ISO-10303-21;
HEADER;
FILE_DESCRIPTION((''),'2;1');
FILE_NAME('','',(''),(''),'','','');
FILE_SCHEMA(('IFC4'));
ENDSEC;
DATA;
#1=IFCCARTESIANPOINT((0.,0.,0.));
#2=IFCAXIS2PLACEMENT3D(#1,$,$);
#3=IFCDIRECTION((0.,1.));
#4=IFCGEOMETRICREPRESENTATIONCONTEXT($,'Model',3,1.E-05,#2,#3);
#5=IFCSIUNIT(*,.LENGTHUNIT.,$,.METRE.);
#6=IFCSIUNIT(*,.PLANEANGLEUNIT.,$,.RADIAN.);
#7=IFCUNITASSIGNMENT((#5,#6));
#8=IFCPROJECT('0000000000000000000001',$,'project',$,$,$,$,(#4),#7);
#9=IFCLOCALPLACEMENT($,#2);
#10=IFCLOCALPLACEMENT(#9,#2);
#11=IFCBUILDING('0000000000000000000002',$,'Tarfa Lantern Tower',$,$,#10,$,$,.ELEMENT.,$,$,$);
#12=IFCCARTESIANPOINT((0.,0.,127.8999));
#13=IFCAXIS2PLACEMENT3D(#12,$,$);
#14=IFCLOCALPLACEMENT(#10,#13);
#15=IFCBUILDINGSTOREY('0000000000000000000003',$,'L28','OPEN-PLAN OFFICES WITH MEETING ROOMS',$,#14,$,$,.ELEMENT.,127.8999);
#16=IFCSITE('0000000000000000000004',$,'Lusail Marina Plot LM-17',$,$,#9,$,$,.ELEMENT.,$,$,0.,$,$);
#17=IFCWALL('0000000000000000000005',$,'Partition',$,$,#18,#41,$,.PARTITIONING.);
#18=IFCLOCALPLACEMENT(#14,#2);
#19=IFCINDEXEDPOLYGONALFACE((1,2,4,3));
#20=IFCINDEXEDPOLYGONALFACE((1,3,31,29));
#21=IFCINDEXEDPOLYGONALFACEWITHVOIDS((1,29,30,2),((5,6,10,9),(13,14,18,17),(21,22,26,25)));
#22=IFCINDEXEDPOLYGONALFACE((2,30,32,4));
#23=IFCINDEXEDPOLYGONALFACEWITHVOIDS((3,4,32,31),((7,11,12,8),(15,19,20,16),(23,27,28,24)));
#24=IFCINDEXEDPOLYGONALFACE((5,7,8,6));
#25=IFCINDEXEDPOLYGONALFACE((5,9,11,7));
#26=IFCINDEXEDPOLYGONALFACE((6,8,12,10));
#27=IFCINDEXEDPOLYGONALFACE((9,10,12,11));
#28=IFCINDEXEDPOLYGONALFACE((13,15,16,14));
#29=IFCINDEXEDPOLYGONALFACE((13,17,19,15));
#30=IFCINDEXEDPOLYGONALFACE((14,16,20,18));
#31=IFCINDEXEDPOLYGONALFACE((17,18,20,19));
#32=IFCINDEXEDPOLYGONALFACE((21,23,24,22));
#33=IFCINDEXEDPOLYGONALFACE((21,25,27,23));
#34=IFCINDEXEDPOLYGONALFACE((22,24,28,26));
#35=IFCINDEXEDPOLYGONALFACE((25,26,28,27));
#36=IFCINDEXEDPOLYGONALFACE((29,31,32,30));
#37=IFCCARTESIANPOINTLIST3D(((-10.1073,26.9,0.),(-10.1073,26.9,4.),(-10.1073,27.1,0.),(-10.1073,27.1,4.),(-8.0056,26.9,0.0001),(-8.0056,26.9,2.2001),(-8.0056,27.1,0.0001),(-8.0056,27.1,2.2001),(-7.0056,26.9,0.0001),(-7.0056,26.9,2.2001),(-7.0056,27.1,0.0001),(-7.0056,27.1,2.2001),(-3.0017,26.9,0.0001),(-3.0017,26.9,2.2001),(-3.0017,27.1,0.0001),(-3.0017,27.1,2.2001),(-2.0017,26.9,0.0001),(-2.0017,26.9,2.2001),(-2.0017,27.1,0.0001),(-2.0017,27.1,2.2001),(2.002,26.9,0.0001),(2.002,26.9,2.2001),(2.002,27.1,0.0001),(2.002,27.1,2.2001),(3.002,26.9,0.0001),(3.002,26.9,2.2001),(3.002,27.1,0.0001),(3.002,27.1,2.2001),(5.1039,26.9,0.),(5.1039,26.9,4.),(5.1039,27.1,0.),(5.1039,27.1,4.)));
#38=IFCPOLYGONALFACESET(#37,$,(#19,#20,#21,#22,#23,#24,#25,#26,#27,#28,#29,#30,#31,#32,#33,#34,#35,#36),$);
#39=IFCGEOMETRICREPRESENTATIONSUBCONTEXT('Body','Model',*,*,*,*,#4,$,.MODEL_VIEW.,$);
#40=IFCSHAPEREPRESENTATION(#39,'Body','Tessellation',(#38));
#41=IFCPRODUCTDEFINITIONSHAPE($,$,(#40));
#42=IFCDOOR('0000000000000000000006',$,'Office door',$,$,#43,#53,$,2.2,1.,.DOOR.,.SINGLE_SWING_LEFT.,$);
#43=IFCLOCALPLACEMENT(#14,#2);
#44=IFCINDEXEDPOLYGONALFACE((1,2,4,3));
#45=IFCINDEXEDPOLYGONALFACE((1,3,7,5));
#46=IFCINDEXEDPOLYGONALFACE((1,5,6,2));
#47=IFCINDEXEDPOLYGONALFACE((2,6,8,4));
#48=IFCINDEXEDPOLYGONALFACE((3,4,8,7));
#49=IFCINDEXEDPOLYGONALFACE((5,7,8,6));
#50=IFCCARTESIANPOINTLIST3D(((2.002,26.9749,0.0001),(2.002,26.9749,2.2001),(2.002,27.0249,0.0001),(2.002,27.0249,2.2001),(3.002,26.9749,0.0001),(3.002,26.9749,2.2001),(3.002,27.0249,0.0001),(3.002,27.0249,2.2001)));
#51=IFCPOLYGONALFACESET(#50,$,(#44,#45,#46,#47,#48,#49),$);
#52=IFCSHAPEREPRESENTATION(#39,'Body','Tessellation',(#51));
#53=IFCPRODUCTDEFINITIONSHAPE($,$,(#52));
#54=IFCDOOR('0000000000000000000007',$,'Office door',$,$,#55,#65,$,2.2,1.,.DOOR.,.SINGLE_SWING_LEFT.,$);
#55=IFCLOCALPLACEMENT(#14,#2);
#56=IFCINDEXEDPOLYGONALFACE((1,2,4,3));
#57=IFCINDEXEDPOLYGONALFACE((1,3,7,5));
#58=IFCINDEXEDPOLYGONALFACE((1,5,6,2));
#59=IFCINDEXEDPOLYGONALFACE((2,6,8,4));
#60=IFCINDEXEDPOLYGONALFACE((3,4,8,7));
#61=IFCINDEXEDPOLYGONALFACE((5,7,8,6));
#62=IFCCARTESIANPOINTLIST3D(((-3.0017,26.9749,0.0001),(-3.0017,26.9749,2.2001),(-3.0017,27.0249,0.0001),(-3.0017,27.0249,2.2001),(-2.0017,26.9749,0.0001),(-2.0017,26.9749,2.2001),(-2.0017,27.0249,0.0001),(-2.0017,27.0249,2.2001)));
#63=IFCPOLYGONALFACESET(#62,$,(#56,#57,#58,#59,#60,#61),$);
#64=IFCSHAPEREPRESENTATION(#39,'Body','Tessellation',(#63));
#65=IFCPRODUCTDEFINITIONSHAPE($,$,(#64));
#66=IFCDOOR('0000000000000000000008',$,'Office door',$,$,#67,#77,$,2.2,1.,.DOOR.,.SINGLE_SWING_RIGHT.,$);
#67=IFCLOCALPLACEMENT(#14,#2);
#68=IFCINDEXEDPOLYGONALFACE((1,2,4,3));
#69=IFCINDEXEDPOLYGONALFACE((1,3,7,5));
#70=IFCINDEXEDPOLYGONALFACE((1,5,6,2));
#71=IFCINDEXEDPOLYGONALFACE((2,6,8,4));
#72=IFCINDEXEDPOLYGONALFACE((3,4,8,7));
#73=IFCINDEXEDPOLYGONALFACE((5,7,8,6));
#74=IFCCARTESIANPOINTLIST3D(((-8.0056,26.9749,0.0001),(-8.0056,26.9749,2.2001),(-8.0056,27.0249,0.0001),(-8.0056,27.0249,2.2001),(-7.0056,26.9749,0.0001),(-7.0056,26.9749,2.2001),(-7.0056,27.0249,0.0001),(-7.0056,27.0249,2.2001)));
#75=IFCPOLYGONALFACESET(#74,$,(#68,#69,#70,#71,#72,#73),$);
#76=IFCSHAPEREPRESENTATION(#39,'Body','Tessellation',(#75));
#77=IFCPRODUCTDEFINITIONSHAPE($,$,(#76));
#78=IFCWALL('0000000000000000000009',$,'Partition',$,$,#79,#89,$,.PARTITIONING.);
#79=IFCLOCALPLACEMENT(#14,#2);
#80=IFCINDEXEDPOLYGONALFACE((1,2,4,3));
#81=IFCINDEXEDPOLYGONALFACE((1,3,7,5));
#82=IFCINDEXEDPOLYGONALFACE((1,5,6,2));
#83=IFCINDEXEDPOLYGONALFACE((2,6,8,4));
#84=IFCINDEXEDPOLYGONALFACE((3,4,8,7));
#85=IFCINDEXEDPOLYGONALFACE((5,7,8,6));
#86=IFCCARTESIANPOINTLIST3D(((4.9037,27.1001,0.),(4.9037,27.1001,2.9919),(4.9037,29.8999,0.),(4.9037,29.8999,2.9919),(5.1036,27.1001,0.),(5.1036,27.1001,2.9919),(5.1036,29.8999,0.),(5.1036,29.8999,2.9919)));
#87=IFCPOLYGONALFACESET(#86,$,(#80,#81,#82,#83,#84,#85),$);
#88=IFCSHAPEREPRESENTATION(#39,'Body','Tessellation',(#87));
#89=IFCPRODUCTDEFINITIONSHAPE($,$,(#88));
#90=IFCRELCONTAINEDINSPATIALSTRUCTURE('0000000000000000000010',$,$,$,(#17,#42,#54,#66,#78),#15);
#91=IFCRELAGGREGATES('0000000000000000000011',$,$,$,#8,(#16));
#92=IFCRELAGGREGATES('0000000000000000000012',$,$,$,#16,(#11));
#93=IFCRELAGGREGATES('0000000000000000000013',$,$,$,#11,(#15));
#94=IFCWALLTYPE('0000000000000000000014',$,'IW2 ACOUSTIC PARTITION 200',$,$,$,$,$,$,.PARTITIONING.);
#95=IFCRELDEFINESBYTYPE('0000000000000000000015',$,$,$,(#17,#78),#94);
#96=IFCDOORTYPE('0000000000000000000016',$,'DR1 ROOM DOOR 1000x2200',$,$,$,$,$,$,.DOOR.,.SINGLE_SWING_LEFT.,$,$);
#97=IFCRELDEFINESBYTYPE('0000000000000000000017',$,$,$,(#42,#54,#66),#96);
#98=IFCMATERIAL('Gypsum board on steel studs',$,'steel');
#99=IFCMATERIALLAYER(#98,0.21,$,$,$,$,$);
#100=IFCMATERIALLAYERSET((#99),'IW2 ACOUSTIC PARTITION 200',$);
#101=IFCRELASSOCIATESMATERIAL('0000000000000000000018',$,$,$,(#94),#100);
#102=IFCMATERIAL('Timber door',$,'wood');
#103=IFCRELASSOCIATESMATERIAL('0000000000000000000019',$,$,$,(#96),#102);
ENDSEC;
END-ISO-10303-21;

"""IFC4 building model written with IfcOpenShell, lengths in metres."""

from ifc_helpers import new_model, si_unit, direction, frame, frame_2d, origin, place, context, subcontext, project, spatial, rectangle, extrude, material, layer, layer_set, type_object, element, fill, save


model = new_model("IFC4")

# Units and contexts
model_context = context("Model", 3, precision=1e-05, world=origin(), true_north=direction((0.0, 1.0)))
body_context = subcontext(model_context, "Body", "Model", "MODEL_VIEW")
ifc_project = project(units=[si_unit("LENGTHUNIT", "METRE"), si_unit("PLANEANGLEUNIT", "RADIAN")], contexts=[model_context])

# Site, building, storey
site_placement = place(None, origin())
site = spatial("IfcSite", under=ifc_project, at=site_placement, Name="Lusail Marina Plot LM-17", CompositionType="ELEMENT", RefElevation=0.0)
building_placement = place(site_placement, origin())
building = spatial("IfcBuilding", under=site, at=building_placement, Name="Tarfa Lantern Tower", CompositionType="ELEMENT")
storey_placement = place(building_placement, frame((0.0, 0.0, 127.8999)))
storey = spatial("IfcBuildingStorey", under=building, at=storey_placement, Name="L28", Description="OPEN-PLAN OFFICES WITH MEETING ROOMS", CompositionType="ELEMENT", Elevation=127.8999)

# Wall, openings, doors
ifc_material_1 = material(Name="Gypsum board on steel studs", Category="steel")
ifc_layer_1 = layer(ifc_material_1, 0.21)
ifc_layer_set_1 = layer_set([ifc_layer_1], Name="IW2 ACOUSTIC PARTITION 200")
wall_type = type_object("IfcWallType", Name="IW2 ACOUSTIC PARTITION 200", PredefinedType="PARTITIONING", material=ifc_layer_set_1)
wall_1_placement = place(storey_placement, frame((5.1038, 27.0, 0.0), z_axis=(0.0, 0.0, 1.0), x_axis=(-1.0, 0.0, 0.0)))
wall_1 = element("IfcWall", 1, at=wall_1_placement, inside=storey, type_object=wall_type, Name="Partition", PredefinedType="PARTITIONING", context=body_context, shape_type="SweptSolid", body=[
    extrude(rectangle(XDim=15.2112, YDim=0.2, at=frame_2d((7.6055, 0.0))), origin(), (0.0, 0.0, 1.0), 4.0),
])
opening_1_placement = place(wall_1_placement, frame((2.1018, 0.0, 0.0)))
opening_1 = element("IfcOpeningElement", 2, at=opening_1_placement, cuts=wall_1, PredefinedType="OPENING", context=body_context, shape_type="SweptSolid", body=[
    extrude(rectangle(XDim=1.0, YDim=2.2, at=frame_2d((0.5, 1.1001))), frame((0.0, 0.1099, 0.0), z_axis=(0.0, -1.0, 0.0), x_axis=(1.0, 0.0, 0.0)), (0.0, 0.0, 1.0), 0.22),
])
opening_2_placement = place(wall_1_placement, frame((7.1055, 0.0, 0.0)))
opening_2 = element("IfcOpeningElement", 3, at=opening_2_placement, cuts=wall_1, PredefinedType="OPENING", context=body_context, shape_type="SweptSolid", body=[
    extrude(rectangle(XDim=1.0, YDim=2.2, at=frame_2d((0.5, 1.1001))), frame((0.0, 0.1099, 0.0), z_axis=(0.0, -1.0, 0.0), x_axis=(1.0, 0.0, 0.0)), (0.0, 0.0, 1.0), 0.22),
])
opening_3_placement = place(wall_1_placement, frame((12.1094, 0.0, 0.0)))
opening_3 = element("IfcOpeningElement", 4, at=opening_3_placement, cuts=wall_1, PredefinedType="OPENING", context=body_context, shape_type="SweptSolid", body=[
    extrude(rectangle(XDim=1.0, YDim=2.2, at=frame_2d((0.5, 1.1001))), frame((0.0, 0.1099, 0.0), z_axis=(0.0, -1.0, 0.0), x_axis=(1.0, 0.0, 0.0)), (0.0, 0.0, 1.0), 0.22),
])
ifc_material_2 = material(Name="Timber door", Category="wood")
door_type = type_object("IfcDoorType", Name="DR1 ROOM DOOR 1000x2200", OperationType="SINGLE_SWING_LEFT", PredefinedType="DOOR", material=ifc_material_2)
door_1_placement = place(opening_1_placement, frame((1.0, 0.0, 0.0), z_axis=(0.0, 0.0, 1.0), x_axis=(-1.0, 0.0, 0.0)))
door_1 = element("IfcDoor", 5, at=door_1_placement, inside=storey, type_object=door_type, Name="Office door", OperationType="SINGLE_SWING_LEFT", OverallHeight=2.2, OverallWidth=1.0, PredefinedType="DOOR", context=body_context, shape_type="SweptSolid", body=[
    extrude(rectangle(XDim=1.0, YDim=2.2, at=frame_2d((0.5, 1.1001))), frame((0.0, 0.0249, 0.0), z_axis=(0.0, -1.0, 0.0), x_axis=(1.0, 0.0, 0.0)), (0.0, 0.0, 1.0), 0.05),
])
fill(opening_1, door_1)
door_2_placement = place(opening_2_placement, frame((1.0, 0.0, 0.0), z_axis=(0.0, 0.0, 1.0), x_axis=(-1.0, 0.0, 0.0)))
door_2 = element("IfcDoor", 6, at=door_2_placement, inside=storey, type_object=door_type, Name="Office door", OperationType="SINGLE_SWING_LEFT", OverallHeight=2.2, OverallWidth=1.0, PredefinedType="DOOR", context=body_context, shape_type="SweptSolid", body=[
    extrude(rectangle(XDim=1.0, YDim=2.2, at=frame_2d((0.5, 1.1001))), frame((0.0, 0.0249, 0.0), z_axis=(0.0, -1.0, 0.0), x_axis=(1.0, 0.0, 0.0)), (0.0, 0.0, 1.0), 0.05),
])
fill(opening_2, door_2)
door_3_placement = place(opening_3_placement, frame((1.0, 0.0, 0.0), z_axis=(0.0, 0.0, 1.0), x_axis=(-1.0, 0.0, 0.0)))
door_3 = element("IfcDoor", 7, at=door_3_placement, inside=storey, type_object=door_type, Name="Office door", OperationType="SINGLE_SWING_RIGHT", OverallHeight=2.2, OverallWidth=1.0, PredefinedType="DOOR", context=body_context, shape_type="SweptSolid", body=[
    extrude(rectangle(XDim=1.0, YDim=2.2, at=frame_2d((0.5, 1.1001))), frame((0.0, 0.0249, 0.0), z_axis=(0.0, -1.0, 0.0), x_axis=(1.0, 0.0, 0.0)), (0.0, 0.0, 1.0), 0.05),
])
fill(opening_3, door_3)

# Wall
wall_2_placement = place(storey_placement, frame((5.0037, 27.1001, 0.0), z_axis=(0.0, 0.0, 1.0), x_axis=(0.0, 1.0, 0.0)))
element("IfcWall", 8, at=wall_2_placement, inside=storey, type_object=wall_type, Name="Partition", PredefinedType="PARTITIONING", context=body_context, shape_type="SweptSolid", body=[
    extrude(rectangle(XDim=2.7998, YDim=0.2, at=frame_2d((1.3999, 0.0))), origin(), (0.0, 0.0, 1.0), 2.9919),
])

save(model, "model.ifc")
